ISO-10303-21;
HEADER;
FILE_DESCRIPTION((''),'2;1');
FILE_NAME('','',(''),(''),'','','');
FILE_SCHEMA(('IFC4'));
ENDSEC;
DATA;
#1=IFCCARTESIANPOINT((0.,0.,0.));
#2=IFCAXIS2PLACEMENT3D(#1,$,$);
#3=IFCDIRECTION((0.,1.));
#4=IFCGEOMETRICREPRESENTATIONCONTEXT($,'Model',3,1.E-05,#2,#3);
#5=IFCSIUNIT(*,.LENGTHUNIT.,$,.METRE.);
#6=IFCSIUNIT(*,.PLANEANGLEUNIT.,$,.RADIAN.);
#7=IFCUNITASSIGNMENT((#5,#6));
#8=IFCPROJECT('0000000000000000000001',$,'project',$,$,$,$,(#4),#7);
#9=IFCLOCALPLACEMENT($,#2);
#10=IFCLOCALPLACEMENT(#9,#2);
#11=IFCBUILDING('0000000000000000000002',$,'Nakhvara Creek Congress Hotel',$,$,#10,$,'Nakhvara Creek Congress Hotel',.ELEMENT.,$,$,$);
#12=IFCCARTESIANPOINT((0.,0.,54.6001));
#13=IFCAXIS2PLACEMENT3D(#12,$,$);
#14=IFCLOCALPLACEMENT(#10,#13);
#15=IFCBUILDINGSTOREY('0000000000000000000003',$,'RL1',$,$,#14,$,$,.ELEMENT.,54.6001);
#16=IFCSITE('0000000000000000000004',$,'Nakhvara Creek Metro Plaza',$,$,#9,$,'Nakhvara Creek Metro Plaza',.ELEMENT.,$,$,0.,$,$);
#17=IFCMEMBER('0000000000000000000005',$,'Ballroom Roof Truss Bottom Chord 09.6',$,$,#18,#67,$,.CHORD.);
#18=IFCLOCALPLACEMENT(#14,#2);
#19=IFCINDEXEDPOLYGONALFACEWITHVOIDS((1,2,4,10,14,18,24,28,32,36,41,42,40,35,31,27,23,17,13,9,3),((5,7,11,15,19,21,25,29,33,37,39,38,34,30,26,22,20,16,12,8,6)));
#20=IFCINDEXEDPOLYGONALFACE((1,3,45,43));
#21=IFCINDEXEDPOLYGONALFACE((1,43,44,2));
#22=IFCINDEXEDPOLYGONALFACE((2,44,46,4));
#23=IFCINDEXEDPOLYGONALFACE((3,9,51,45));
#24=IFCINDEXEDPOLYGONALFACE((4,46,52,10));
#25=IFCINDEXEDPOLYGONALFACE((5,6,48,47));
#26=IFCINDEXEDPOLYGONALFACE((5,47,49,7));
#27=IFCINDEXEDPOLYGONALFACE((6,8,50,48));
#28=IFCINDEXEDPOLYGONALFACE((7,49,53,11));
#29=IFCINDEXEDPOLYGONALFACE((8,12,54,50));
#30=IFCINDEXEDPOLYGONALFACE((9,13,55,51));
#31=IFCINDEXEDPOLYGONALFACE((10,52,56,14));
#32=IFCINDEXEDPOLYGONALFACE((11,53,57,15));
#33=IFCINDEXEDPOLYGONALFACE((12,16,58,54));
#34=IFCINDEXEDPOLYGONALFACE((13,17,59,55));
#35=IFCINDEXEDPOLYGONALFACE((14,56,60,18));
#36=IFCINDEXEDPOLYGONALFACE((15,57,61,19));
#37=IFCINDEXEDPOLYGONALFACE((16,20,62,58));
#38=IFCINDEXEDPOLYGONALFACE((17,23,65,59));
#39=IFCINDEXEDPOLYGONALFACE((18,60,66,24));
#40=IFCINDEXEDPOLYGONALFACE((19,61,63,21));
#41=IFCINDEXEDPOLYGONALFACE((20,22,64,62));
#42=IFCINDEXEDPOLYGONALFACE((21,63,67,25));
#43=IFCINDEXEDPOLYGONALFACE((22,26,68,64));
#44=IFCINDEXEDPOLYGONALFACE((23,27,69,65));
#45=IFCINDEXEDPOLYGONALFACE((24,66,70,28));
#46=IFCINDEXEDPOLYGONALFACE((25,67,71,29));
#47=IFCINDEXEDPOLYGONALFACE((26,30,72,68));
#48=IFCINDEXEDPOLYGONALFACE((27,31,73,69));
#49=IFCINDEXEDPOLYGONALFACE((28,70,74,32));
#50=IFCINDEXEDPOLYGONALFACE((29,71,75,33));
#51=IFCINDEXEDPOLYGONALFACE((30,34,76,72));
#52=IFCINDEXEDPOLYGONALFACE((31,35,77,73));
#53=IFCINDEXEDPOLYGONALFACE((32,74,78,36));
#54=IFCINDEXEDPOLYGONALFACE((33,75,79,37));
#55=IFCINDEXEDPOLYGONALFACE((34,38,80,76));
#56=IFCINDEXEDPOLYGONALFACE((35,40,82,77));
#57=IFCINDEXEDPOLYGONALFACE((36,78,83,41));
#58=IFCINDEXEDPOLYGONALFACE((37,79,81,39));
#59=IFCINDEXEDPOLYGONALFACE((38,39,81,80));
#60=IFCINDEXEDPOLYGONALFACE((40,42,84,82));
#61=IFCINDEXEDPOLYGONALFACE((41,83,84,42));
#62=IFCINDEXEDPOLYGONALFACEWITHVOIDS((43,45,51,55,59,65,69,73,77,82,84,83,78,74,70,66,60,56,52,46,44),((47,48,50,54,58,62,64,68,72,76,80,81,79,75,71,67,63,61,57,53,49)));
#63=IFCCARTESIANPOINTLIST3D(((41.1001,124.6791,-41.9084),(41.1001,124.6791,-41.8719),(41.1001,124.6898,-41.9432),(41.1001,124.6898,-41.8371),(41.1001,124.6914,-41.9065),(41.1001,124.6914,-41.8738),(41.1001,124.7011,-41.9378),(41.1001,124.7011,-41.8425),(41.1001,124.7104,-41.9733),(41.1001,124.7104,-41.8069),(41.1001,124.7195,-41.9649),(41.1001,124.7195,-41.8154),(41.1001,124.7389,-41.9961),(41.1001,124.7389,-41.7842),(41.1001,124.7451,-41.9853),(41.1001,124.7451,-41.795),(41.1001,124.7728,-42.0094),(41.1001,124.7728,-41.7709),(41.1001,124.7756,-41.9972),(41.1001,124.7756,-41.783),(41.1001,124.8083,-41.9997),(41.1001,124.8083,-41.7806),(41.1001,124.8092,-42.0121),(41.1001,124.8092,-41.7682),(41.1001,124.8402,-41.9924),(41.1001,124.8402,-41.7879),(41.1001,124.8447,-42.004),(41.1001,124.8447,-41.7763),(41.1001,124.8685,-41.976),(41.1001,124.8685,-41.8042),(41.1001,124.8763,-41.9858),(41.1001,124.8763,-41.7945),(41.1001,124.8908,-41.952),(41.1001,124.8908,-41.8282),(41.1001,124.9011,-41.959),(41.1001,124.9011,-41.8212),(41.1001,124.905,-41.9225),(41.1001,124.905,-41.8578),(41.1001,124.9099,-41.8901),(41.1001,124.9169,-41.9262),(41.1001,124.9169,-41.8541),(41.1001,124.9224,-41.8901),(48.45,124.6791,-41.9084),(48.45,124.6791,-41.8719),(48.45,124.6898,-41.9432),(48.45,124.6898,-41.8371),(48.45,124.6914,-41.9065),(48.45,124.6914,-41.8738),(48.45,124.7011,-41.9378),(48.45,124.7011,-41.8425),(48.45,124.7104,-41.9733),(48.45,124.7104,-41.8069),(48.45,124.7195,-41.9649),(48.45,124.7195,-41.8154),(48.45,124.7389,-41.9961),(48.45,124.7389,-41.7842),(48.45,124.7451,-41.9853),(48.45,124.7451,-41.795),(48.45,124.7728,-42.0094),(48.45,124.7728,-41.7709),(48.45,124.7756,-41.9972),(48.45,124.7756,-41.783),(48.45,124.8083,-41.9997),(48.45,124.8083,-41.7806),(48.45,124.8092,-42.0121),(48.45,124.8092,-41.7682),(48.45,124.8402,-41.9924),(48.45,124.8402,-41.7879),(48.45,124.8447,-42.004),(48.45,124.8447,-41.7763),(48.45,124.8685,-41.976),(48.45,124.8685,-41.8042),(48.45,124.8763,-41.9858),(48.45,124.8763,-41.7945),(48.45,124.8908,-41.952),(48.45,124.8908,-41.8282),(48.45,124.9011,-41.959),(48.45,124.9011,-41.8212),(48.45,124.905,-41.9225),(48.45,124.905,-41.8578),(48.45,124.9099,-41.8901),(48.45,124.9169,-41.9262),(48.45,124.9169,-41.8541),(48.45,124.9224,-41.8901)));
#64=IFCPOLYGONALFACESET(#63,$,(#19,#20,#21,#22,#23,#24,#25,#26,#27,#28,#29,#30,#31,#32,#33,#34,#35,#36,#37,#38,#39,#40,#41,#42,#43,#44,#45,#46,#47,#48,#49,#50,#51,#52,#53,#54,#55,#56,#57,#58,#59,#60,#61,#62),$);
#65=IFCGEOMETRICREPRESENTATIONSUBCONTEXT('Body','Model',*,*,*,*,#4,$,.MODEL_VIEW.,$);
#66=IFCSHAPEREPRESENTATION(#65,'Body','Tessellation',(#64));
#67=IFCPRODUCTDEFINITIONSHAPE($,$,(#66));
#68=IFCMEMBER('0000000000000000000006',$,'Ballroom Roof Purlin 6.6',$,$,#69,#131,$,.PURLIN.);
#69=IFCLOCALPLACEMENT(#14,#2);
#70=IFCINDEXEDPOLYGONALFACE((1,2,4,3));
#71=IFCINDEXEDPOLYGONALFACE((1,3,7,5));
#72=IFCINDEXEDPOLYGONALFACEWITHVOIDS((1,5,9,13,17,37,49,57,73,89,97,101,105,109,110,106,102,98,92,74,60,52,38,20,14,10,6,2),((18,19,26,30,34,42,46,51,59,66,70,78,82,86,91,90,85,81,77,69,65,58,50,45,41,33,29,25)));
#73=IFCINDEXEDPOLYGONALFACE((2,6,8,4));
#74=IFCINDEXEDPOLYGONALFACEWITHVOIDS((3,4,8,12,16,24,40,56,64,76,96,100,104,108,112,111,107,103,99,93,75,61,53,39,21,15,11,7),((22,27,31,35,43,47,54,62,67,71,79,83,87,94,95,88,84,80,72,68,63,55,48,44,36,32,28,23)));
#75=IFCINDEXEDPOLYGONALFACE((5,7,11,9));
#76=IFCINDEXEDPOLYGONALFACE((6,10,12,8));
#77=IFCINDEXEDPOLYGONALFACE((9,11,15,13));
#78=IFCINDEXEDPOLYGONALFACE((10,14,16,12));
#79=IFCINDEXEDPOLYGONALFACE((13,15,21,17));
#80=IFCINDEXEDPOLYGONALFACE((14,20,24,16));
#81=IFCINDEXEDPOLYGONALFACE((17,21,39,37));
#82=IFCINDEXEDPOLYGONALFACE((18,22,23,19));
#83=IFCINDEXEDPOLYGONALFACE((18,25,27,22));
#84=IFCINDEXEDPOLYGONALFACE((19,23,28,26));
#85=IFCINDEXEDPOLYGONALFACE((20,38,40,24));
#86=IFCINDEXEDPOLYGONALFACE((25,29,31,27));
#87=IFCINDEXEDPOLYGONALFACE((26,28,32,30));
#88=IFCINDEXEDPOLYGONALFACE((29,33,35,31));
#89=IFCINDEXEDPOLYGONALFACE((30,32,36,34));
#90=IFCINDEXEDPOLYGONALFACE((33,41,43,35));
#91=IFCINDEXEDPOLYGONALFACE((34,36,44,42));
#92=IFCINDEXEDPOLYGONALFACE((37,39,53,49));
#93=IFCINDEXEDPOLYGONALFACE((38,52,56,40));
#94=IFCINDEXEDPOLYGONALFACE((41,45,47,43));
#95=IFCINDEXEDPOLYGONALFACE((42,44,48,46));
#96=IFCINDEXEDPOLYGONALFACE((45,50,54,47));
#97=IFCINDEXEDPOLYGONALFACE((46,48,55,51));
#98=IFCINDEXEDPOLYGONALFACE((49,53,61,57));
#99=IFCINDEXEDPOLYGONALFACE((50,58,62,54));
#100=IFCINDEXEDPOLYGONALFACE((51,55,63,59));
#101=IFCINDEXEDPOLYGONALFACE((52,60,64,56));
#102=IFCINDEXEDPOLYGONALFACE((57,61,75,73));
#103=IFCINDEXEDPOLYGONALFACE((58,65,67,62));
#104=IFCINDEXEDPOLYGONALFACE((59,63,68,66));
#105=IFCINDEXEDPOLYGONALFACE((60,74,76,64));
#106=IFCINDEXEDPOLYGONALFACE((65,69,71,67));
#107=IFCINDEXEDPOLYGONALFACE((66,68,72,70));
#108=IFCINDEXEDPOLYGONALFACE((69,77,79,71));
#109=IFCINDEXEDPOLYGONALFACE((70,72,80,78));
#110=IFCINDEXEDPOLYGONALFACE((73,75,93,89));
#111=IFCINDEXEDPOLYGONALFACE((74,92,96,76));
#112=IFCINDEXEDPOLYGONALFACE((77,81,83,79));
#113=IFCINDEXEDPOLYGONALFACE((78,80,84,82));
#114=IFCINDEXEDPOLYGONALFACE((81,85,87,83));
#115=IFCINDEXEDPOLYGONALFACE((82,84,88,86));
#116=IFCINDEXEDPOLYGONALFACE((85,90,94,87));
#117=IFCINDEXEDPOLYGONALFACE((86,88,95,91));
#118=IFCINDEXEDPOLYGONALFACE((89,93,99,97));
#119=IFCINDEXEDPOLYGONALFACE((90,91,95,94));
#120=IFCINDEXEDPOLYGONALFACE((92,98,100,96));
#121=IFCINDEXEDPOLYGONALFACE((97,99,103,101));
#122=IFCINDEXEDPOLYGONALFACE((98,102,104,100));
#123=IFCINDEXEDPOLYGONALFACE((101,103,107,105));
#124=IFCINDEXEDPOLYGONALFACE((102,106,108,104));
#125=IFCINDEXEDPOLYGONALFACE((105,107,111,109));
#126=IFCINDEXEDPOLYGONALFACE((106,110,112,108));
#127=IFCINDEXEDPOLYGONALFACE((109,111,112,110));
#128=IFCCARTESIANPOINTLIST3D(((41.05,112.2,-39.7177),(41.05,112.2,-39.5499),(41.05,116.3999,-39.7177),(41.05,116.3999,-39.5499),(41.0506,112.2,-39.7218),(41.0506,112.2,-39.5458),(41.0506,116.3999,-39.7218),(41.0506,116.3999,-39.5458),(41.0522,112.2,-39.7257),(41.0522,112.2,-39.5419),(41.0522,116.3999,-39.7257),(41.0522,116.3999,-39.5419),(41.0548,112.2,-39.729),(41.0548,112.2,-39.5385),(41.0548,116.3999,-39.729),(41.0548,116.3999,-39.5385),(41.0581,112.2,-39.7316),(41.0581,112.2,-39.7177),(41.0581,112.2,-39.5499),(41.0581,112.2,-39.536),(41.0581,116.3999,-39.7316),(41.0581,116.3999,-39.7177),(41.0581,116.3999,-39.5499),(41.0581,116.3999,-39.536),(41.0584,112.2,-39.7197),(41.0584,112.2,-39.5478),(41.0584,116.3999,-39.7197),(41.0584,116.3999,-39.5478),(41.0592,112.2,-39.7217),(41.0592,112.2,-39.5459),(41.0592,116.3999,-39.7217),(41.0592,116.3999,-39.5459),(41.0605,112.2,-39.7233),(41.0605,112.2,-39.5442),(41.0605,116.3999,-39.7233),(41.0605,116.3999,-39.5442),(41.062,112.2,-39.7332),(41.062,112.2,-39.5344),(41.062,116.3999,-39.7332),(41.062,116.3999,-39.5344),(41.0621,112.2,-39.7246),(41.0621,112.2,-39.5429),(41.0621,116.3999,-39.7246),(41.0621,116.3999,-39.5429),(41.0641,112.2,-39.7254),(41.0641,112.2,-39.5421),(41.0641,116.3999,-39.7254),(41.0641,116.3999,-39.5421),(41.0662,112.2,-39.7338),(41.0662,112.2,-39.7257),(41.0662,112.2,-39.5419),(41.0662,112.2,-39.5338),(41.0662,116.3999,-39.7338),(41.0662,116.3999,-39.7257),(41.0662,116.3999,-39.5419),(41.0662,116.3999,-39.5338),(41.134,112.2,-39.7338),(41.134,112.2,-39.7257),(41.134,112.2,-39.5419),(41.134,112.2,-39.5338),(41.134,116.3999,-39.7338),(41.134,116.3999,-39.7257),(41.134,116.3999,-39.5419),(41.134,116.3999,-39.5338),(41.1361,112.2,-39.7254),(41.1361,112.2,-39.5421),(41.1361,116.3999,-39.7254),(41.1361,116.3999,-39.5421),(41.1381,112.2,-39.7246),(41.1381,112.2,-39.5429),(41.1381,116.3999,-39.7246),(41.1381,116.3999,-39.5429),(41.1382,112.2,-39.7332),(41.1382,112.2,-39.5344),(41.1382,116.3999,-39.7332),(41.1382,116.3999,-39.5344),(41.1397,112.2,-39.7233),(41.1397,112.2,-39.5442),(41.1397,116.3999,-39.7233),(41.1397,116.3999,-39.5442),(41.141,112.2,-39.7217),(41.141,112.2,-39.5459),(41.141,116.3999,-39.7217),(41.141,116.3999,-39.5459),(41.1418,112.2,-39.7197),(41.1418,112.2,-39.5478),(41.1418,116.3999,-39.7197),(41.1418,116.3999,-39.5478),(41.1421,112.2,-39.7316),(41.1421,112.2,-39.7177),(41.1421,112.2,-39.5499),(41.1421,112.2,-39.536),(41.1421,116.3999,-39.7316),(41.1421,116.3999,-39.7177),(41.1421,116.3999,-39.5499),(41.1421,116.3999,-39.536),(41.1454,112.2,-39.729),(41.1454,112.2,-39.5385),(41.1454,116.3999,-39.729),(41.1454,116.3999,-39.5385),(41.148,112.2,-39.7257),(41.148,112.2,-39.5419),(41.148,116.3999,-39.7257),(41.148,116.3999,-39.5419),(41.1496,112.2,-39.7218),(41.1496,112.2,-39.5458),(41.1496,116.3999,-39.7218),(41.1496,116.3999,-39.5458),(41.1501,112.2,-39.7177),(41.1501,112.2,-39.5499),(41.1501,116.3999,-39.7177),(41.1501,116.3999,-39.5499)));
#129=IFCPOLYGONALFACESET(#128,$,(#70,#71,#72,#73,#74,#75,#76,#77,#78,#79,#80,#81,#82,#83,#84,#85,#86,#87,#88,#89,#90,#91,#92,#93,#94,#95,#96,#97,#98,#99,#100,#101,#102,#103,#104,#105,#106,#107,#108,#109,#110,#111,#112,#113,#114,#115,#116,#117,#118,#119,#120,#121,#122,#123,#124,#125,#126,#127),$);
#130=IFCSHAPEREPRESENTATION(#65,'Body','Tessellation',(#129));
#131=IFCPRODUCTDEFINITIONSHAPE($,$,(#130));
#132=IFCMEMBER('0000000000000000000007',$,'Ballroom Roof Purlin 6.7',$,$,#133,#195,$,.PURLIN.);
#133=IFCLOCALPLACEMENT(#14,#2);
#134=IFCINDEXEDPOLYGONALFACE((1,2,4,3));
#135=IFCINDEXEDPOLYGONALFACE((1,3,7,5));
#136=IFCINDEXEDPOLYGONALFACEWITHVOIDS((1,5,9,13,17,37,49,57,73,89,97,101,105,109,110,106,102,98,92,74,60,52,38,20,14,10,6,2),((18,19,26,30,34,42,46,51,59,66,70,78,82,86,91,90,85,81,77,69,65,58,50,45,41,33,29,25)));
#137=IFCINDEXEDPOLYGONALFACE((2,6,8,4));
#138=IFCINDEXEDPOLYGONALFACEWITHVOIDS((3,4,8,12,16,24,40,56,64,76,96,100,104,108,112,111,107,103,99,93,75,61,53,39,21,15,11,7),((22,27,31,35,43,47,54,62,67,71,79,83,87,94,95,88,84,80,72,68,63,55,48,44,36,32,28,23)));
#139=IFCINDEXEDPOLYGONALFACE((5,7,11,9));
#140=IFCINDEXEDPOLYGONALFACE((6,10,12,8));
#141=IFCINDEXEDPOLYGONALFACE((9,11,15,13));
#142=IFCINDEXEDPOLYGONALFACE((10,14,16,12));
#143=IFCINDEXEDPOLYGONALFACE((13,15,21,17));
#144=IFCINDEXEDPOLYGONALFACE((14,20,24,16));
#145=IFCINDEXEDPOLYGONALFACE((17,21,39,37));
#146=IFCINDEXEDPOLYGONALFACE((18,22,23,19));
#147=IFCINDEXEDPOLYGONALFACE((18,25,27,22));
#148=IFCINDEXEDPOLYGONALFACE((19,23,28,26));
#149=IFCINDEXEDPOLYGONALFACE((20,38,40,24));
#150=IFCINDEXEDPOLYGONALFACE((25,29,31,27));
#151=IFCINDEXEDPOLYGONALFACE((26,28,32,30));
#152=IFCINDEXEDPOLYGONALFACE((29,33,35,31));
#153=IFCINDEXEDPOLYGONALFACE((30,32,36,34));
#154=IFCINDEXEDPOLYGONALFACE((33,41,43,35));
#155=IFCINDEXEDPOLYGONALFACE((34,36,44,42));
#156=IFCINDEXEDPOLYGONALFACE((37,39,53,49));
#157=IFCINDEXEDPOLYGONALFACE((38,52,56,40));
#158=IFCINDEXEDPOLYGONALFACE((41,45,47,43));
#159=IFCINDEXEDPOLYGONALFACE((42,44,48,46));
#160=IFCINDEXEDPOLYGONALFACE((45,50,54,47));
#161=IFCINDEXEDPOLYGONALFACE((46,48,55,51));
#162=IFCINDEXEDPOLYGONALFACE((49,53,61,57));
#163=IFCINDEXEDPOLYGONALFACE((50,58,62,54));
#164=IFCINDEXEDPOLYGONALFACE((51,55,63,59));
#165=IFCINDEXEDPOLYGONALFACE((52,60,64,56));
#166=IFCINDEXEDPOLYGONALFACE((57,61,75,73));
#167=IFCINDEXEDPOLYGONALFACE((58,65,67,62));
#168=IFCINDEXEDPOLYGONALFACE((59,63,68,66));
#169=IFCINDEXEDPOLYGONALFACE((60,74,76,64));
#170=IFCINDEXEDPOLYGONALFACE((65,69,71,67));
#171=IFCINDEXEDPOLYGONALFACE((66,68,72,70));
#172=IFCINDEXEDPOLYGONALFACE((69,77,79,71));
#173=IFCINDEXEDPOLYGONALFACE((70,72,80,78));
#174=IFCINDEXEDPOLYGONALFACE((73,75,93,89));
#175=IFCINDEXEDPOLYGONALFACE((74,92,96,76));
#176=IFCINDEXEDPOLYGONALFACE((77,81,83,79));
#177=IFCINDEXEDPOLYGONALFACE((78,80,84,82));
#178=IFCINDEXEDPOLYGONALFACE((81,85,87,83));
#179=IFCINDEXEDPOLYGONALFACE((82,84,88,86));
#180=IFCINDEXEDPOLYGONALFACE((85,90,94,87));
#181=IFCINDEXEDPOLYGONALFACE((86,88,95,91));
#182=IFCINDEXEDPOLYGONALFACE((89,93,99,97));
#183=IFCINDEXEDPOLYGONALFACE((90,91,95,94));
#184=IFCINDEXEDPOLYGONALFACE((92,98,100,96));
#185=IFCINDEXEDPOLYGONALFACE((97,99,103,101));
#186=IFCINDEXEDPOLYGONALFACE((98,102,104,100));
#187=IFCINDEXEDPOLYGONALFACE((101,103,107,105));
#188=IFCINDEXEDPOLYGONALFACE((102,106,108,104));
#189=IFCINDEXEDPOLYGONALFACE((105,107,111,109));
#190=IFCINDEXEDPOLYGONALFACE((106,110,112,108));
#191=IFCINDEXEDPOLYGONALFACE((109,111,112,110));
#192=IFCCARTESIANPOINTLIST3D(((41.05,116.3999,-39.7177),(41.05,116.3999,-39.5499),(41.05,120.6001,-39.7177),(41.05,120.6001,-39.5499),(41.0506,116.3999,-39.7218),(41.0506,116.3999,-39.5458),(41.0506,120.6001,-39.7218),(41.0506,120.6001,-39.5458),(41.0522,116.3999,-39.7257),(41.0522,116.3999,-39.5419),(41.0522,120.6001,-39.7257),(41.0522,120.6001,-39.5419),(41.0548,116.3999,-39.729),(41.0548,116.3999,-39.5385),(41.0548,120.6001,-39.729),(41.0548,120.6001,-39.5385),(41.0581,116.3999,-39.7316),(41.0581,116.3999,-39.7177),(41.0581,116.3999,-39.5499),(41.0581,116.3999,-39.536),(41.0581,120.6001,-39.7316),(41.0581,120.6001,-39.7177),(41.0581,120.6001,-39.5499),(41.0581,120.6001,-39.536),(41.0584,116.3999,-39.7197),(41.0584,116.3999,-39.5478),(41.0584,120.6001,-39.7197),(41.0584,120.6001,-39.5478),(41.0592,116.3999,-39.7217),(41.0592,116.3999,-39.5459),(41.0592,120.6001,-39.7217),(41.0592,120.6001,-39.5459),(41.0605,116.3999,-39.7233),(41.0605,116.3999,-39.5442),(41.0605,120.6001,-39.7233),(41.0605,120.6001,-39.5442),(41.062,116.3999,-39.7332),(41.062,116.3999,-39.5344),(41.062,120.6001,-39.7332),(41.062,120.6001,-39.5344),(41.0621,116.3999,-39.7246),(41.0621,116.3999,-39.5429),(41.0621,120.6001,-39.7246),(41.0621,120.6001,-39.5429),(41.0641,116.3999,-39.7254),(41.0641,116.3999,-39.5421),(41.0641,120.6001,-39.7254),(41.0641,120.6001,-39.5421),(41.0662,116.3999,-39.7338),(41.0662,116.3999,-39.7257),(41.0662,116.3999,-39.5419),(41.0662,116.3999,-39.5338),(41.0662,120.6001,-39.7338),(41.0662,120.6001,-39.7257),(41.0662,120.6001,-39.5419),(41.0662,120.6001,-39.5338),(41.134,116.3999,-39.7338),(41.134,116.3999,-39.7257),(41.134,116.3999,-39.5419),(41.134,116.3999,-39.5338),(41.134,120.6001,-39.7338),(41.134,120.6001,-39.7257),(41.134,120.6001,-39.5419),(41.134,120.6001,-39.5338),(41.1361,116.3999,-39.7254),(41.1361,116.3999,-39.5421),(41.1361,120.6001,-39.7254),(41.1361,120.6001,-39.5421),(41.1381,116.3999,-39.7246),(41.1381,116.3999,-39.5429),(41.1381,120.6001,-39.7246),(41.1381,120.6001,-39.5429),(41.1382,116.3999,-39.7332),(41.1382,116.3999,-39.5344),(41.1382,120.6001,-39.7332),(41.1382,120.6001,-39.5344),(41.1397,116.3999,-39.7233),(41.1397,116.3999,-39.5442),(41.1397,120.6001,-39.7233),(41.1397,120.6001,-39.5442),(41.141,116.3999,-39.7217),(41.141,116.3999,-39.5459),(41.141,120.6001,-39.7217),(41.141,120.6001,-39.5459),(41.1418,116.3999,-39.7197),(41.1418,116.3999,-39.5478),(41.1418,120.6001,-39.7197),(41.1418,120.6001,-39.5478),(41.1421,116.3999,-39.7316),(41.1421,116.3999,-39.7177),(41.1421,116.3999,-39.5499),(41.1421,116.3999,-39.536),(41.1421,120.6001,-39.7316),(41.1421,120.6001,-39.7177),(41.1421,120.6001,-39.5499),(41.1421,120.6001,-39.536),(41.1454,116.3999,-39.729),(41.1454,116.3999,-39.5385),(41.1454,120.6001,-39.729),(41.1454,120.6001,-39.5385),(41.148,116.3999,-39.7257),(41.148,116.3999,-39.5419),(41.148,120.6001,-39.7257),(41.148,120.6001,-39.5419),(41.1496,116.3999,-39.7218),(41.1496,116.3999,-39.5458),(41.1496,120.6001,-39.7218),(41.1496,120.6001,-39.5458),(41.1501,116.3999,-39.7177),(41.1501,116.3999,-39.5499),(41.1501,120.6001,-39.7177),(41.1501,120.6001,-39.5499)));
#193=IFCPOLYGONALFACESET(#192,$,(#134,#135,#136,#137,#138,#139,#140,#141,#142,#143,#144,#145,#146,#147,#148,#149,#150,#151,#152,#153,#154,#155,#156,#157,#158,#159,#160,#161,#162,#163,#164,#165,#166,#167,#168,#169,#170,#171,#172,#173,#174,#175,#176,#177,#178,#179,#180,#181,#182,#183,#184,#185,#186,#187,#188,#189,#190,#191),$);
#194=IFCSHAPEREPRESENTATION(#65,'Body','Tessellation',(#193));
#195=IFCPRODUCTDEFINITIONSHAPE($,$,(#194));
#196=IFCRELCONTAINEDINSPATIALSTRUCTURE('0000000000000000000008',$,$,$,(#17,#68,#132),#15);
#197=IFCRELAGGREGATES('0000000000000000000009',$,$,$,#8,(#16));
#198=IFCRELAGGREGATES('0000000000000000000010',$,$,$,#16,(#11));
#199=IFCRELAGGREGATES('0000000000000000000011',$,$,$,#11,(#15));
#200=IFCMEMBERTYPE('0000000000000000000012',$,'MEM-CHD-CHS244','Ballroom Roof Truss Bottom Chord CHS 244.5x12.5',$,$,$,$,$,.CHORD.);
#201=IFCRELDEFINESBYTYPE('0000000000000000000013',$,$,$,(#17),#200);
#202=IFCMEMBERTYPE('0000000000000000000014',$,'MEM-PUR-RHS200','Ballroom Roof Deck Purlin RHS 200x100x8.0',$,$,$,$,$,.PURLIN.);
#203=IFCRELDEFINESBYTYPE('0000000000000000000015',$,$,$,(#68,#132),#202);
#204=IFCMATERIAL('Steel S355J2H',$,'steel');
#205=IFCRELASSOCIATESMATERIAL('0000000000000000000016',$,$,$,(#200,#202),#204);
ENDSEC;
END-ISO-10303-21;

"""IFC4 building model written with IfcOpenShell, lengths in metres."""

from ifc_helpers import new_model, si_unit, direction, frame, origin, origin_2d, place, context, subcontext, project, spatial, hollow_rectangle, hollow_circle, extrude, material, material_profile, profile_set, type_object, element, save


model = new_model("IFC4")

# Units and contexts
model_context = context("Model", 3, precision=1e-05, world=origin(), true_north=direction((0.0, 1.0)))
body_context = subcontext(model_context, "Body", "Model", "MODEL_VIEW")
ifc_project = project(units=[si_unit("LENGTHUNIT", "METRE"), si_unit("PLANEANGLEUNIT", "RADIAN")], contexts=[model_context])

# Site, building, storey
site_placement = place(None, origin())
site = spatial("IfcSite", under=ifc_project, at=site_placement, Name="Nakhvara Creek Metro Plaza", LongName="Nakhvara Creek Metro Plaza", CompositionType="ELEMENT", RefElevation=0.0)
building_placement = place(site_placement, origin())
building = spatial("IfcBuilding", under=site, at=building_placement, Name="Nakhvara Creek Congress Hotel", LongName="Nakhvara Creek Congress Hotel", CompositionType="ELEMENT")
storey_placement = place(building_placement, frame((0.0, 0.0, 54.6001)))
storey = spatial("IfcBuildingStorey", under=building, at=storey_placement, Name="RL1", CompositionType="ELEMENT", Elevation=54.6001)

# Members
ifc_material_1 = material(Name="Steel S355J2H", Category="steel")
ifc_material_profile_1 = material_profile(ifc_material_1, hollow_circle(Radius=0.1223, WallThickness=0.0125, at=origin_2d()), Name="CHS 244.5x12.5", Category="LoadBearing")
ifc_profile_set_1 = profile_set([ifc_material_profile_1], Name="Steel S355J2H")
member_type_1 = type_object("IfcMemberType", Name="MEM-CHD-CHS244", Description="Ballroom Roof Truss Bottom Chord CHS 244.5x12.5", PredefinedType="CHORD", material=ifc_profile_set_1)
for number, where, z_axis, x_axis, name in (
    (1, (41.1001, 124.8, -41.8901), (1.0, 0.0, 0.0), (0.0, 1.0, 0.0), "Ballroom Roof Truss Bottom Chord 09.6"),
):
    element("IfcMember", number, at=place(storey_placement, frame(where, z_axis=z_axis, x_axis=x_axis)), inside=storey, type_object=member_type_1, Name=name, PredefinedType="CHORD", context=body_context, shape_type="SweptSolid", body=[
        extrude(hollow_circle(Radius=0.1223, WallThickness=0.0125, at=origin_2d()), origin(), (0.0, 0.0, 1.0), 7.3499),
    ])
ifc_material_profile_2 = material_profile(ifc_material_1, hollow_rectangle(XDim=0.1001, YDim=0.2, WallThickness=0.0081, InnerFilletRadius=0.0081, OuterFilletRadius=0.0161, at=origin_2d()), Name="RHS 200x100x8.0", Category="LoadBearing")
ifc_profile_set_2 = profile_set([ifc_material_profile_2], Name="Steel S355J2H")
member_type_2 = type_object("IfcMemberType", Name="MEM-PUR-RHS200", Description="Ballroom Roof Deck Purlin RHS 200x100x8.0", PredefinedType="PURLIN", material=ifc_profile_set_2)
member_1_placement = place(storey_placement, frame((41.1001, 112.2, -39.6338), z_axis=(0.0, 1.0, 0.0), x_axis=(-1.0, 0.0, 0.0)))
element("IfcMember", 2, at=member_1_placement, inside=storey, type_object=member_type_2, Name="Ballroom Roof Purlin 6.6", PredefinedType="PURLIN", context=body_context, shape_type="SweptSolid", body=[
    extrude(hollow_rectangle(XDim=0.1001, YDim=0.2, WallThickness=0.0081, InnerFilletRadius=0.0081, OuterFilletRadius=0.0161, at=origin_2d()), origin(), (0.0, 0.0, 1.0), 4.2),
])
member_2_placement = place(storey_placement, frame((41.1001, 116.3999, -39.6338), z_axis=(0.0, 1.0, 0.0), x_axis=(-1.0, 0.0, 0.0)))
element("IfcMember", 3, at=member_2_placement, inside=storey, type_object=member_type_2, Name="Ballroom Roof Purlin 6.7", PredefinedType="PURLIN", context=body_context, shape_type="SweptSolid", body=[
    extrude(hollow_rectangle(XDim=0.1001, YDim=0.2, WallThickness=0.0081, InnerFilletRadius=0.0081, OuterFilletRadius=0.0161, at=origin_2d()), origin(), (0.0, 0.0, 1.0), 4.2002),
])

save(model, "model.ifc")
